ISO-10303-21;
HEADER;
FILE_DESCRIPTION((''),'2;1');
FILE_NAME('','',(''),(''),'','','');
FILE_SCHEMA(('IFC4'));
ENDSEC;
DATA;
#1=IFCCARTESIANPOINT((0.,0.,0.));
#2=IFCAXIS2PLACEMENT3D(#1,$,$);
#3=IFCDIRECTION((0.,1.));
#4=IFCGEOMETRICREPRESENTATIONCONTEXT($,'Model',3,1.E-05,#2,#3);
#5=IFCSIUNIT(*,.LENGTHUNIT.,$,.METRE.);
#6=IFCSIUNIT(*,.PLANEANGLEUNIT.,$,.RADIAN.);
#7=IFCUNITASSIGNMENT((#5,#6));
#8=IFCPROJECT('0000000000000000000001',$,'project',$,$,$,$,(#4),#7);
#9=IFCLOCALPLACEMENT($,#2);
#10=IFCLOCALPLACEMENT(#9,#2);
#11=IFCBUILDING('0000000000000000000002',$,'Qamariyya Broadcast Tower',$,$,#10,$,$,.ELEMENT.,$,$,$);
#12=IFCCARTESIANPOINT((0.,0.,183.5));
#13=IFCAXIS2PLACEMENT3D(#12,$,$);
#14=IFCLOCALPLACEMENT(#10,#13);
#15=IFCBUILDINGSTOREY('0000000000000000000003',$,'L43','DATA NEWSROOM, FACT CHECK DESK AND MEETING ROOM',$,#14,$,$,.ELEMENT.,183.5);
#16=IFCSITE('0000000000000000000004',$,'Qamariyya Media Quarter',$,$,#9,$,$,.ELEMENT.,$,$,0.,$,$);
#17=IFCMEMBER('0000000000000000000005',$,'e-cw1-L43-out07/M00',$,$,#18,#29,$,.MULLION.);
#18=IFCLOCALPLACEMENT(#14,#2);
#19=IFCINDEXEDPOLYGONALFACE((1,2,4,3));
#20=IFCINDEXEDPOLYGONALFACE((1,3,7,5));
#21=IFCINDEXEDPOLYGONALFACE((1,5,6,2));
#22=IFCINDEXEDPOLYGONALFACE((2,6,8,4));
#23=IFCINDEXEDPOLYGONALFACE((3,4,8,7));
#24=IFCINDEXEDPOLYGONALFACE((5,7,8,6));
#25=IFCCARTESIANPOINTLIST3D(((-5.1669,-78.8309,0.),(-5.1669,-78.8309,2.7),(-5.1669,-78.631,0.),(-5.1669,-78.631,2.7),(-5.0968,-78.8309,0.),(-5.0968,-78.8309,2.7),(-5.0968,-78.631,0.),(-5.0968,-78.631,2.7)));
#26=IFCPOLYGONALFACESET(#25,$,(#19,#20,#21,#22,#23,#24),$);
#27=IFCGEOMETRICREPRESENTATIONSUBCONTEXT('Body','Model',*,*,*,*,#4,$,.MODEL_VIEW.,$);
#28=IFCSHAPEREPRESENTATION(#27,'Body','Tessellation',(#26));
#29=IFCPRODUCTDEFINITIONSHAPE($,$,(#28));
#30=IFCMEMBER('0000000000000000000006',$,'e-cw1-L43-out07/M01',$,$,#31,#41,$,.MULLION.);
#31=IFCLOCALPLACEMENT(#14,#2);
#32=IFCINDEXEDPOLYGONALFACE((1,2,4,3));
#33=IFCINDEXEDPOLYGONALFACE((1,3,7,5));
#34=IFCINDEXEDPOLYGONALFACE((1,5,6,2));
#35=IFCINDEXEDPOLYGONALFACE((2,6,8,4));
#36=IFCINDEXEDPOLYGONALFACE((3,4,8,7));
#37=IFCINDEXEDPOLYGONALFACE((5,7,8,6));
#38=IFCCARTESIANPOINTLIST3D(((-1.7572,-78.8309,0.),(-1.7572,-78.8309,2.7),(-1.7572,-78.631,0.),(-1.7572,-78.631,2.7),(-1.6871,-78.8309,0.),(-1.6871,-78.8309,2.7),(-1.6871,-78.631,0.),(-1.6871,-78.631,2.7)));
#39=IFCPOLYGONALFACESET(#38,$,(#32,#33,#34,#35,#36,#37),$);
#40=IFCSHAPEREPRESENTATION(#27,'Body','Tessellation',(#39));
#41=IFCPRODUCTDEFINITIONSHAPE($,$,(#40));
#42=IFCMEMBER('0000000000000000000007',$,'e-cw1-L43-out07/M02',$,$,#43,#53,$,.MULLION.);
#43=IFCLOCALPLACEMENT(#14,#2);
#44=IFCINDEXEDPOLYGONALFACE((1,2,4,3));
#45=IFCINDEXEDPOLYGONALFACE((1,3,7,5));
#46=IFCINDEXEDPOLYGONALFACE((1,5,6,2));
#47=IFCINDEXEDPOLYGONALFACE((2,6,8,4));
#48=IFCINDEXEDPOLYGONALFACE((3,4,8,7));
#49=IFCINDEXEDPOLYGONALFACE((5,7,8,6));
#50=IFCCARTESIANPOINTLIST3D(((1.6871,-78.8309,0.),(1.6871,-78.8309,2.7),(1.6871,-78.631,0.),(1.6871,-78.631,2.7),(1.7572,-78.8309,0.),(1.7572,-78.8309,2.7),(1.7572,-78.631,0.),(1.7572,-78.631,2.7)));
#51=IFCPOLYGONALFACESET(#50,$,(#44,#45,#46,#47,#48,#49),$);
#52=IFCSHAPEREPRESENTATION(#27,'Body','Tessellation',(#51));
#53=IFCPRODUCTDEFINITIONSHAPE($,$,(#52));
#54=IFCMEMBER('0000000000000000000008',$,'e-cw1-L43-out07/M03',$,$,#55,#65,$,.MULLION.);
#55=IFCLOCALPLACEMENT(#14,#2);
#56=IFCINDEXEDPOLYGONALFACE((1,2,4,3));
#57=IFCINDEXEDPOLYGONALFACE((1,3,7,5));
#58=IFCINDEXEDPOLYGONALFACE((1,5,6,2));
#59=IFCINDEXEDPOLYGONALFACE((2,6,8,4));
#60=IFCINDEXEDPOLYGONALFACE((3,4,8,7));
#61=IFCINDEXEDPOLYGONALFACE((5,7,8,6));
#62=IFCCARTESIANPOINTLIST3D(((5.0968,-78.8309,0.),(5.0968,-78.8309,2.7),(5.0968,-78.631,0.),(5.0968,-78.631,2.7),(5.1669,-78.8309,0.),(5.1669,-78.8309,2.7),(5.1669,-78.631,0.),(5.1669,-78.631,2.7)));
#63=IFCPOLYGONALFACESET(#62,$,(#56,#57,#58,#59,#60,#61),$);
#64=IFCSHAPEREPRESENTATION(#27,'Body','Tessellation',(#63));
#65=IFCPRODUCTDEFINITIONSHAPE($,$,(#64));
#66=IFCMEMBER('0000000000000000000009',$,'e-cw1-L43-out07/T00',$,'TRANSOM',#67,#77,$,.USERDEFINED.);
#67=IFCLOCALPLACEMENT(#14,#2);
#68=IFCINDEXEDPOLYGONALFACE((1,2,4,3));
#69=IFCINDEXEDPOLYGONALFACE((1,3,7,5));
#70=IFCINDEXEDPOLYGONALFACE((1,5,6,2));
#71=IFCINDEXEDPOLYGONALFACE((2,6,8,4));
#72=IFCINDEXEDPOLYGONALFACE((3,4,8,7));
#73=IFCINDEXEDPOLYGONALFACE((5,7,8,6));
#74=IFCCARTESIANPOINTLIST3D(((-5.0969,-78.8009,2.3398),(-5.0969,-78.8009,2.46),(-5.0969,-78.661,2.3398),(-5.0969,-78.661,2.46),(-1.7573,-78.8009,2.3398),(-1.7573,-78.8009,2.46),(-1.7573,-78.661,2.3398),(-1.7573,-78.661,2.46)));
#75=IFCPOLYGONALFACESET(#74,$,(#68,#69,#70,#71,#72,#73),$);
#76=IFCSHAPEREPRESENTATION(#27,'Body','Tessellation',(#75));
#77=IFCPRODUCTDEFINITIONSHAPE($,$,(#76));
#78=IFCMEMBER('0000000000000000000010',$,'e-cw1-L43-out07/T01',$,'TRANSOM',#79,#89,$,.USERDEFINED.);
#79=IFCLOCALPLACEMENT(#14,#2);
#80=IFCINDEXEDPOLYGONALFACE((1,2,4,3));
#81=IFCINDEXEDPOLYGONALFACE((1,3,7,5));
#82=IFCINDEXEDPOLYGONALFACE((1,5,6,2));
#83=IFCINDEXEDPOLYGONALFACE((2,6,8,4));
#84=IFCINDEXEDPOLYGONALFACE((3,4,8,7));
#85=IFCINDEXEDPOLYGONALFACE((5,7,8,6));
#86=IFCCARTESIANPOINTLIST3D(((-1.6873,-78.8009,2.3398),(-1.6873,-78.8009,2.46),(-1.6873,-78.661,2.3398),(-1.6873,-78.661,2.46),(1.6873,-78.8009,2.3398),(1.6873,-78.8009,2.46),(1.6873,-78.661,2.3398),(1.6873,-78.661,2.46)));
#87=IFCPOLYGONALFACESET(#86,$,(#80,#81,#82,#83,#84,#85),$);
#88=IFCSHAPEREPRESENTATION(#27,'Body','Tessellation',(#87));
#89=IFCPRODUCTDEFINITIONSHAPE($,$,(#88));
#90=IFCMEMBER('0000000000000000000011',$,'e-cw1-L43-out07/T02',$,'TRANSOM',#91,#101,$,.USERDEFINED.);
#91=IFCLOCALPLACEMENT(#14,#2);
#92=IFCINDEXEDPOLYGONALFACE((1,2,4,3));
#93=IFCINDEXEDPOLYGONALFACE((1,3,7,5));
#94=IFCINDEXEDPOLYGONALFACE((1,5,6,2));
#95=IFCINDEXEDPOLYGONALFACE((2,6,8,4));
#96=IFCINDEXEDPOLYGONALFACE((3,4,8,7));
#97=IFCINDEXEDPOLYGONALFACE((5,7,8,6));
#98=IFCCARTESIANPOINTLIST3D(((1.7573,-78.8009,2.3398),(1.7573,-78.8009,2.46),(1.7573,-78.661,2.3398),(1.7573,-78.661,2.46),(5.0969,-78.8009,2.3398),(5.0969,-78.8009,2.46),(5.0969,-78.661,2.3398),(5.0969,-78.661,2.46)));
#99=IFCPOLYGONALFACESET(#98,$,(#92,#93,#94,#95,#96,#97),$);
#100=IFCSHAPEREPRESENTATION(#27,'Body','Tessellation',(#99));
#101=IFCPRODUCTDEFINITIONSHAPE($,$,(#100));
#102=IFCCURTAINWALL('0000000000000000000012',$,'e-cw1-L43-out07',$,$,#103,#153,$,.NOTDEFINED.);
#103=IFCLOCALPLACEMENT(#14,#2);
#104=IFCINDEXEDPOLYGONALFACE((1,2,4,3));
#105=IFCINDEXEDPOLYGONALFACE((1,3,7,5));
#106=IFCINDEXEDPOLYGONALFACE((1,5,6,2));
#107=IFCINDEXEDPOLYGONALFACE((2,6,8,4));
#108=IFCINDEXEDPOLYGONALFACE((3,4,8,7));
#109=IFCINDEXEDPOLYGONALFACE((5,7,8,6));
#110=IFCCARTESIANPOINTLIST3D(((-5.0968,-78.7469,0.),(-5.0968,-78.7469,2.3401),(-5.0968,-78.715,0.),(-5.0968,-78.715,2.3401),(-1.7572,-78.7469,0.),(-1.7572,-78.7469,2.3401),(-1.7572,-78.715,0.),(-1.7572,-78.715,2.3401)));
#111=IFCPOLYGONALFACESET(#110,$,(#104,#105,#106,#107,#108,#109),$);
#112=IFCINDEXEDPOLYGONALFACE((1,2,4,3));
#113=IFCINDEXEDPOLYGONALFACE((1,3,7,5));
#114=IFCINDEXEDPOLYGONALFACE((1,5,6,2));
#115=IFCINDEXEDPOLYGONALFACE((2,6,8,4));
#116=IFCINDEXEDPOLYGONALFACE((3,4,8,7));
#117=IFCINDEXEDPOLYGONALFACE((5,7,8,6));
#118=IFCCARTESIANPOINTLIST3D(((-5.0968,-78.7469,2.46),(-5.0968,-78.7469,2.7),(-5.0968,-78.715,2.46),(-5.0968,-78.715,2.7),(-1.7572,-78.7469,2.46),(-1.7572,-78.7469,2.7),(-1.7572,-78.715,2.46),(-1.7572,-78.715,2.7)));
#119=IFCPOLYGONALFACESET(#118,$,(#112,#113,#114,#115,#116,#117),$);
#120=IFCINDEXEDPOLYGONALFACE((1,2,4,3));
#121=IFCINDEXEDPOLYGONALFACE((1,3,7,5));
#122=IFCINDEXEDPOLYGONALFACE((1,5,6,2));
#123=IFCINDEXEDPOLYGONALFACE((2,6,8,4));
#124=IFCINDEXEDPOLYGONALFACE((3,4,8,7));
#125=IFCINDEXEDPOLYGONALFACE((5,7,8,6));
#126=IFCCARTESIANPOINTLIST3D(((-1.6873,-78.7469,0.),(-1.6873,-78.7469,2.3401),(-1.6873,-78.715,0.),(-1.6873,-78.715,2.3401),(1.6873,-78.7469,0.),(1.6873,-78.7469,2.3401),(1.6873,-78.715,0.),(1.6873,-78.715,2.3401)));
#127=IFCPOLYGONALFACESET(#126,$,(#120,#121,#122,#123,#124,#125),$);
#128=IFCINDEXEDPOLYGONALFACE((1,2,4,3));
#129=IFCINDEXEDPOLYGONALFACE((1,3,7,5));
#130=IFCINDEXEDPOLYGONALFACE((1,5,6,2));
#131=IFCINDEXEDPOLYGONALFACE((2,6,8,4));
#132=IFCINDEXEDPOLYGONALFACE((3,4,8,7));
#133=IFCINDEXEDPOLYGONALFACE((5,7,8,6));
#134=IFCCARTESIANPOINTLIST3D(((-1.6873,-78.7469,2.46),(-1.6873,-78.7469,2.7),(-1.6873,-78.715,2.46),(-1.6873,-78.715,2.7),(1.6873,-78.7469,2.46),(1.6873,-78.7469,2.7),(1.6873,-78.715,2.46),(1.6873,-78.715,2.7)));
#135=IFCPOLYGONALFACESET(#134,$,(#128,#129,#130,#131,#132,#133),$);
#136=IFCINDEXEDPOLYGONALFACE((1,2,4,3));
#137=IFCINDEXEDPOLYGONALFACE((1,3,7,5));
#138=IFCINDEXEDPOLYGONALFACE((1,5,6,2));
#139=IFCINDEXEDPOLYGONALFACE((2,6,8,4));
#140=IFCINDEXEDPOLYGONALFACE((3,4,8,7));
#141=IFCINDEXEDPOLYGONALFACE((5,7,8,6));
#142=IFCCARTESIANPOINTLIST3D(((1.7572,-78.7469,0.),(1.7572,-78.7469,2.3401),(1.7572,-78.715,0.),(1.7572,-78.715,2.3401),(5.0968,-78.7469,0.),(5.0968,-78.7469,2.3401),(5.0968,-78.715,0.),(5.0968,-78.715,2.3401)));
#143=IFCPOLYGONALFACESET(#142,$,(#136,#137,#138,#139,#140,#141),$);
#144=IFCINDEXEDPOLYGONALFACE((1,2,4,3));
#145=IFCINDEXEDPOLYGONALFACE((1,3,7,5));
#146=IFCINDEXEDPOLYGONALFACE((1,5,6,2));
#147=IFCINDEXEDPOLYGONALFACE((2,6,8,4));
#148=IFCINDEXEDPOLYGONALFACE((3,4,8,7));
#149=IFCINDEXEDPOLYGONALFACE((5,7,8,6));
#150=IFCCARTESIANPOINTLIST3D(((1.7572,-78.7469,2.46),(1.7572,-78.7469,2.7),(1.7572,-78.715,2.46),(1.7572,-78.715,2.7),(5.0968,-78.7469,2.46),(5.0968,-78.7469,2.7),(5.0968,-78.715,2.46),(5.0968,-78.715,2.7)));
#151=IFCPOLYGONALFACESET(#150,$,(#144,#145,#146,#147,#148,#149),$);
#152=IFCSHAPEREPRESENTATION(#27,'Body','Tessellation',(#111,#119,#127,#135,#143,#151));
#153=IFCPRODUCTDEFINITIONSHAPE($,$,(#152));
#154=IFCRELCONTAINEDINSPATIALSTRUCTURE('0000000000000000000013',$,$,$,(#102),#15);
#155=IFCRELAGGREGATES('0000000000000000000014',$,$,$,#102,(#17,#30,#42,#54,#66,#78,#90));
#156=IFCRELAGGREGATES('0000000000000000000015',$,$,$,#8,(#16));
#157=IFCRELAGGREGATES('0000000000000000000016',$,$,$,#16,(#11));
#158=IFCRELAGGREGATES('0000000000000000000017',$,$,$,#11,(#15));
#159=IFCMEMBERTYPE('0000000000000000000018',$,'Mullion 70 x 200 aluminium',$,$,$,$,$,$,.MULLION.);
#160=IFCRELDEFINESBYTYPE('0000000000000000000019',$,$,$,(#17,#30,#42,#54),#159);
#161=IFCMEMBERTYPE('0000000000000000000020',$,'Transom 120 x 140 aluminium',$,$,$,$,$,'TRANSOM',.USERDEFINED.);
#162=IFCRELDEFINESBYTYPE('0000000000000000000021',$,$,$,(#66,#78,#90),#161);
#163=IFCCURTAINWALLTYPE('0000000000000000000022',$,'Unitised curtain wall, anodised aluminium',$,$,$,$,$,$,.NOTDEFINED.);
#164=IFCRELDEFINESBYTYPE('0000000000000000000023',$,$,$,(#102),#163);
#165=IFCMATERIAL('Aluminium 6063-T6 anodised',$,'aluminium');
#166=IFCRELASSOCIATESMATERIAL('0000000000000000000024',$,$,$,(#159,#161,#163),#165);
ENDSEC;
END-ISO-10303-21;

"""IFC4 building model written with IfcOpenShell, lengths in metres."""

from ifc_helpers import new_model, si_unit, direction, frame, origin, origin_2d, place, context, subcontext, project, spatial, rectangle, extrude, material, material_profile, profile_set, type_object, element, aggregate, save


model = new_model("IFC4")

# Units and contexts
model_context = context("Model", 3, precision=1e-05, world=origin(), true_north=direction((0.0, 1.0)))
body_context = subcontext(model_context, "Body", "Model", "MODEL_VIEW")
ifc_project = project(units=[si_unit("LENGTHUNIT", "METRE"), si_unit("PLANEANGLEUNIT", "RADIAN")], contexts=[model_context])

# Members
ifc_material_1 = material(Name="Aluminium 6063-T6 anodised", Category="aluminium")
ifc_material_profile_1 = material_profile(ifc_material_1, rectangle(XDim=0.2, YDim=0.0701, at=origin_2d()))
ifc_profile_set_1 = profile_set([ifc_material_profile_1], Name="Aluminium 6063-T6 anodised")
member_type_1 = type_object("IfcMemberType", Name="Mullion 70 x 200 aluminium", PredefinedType="MULLION", material=ifc_profile_set_1)
site_placement = place(None, origin())
building_placement = place(site_placement, origin())
storey_placement = place(building_placement, frame((0.0, 0.0, 183.5)))
member_1_placement = place(storey_placement, frame((-5.1318, -78.731, 0.0), z_axis=(0.0, 0.0, 1.0), x_axis=(0.0, 1.0, 0.0)))
member_1 = element("IfcMember", 1, at=member_1_placement, type_object=member_type_1, Name="e-cw1-L43-out07/M00", PredefinedType="MULLION", context=body_context, shape_type="SweptSolid", body=[
    extrude(rectangle(XDim=0.2, YDim=0.0701, at=origin_2d()), origin(), (0.0, 0.0, 1.0), 2.7),
])
member_2_placement = place(storey_placement, frame((-1.7222, -78.731, 0.0), z_axis=(0.0, 0.0, 1.0), x_axis=(0.0, 1.0, 0.0)))
member_2 = element("IfcMember", 2, at=member_2_placement, type_object=member_type_1, Name="e-cw1-L43-out07/M01", PredefinedType="MULLION", context=body_context, shape_type="SweptSolid", body=[
    extrude(rectangle(XDim=0.2, YDim=0.0701, at=origin_2d()), origin(), (0.0, 0.0, 1.0), 2.7),
])
member_3_placement = place(storey_placement, frame((1.7222, -78.731, 0.0), z_axis=(0.0, 0.0, 1.0), x_axis=(0.0, 1.0, 0.0)))
member_3 = element("IfcMember", 3, at=member_3_placement, type_object=member_type_1, Name="e-cw1-L43-out07/M02", PredefinedType="MULLION", context=body_context, shape_type="SweptSolid", body=[
    extrude(rectangle(XDim=0.2, YDim=0.0701, at=origin_2d()), origin(), (0.0, 0.0, 1.0), 2.7),
])
member_4_placement = place(storey_placement, frame((5.1318, -78.731, 0.0), z_axis=(0.0, 0.0, 1.0), x_axis=(0.0, 1.0, 0.0)))
member_4 = element("IfcMember", 4, at=member_4_placement, type_object=member_type_1, Name="e-cw1-L43-out07/M03", PredefinedType="MULLION", context=body_context, shape_type="SweptSolid", body=[
    extrude(rectangle(XDim=0.2, YDim=0.0701, at=origin_2d()), origin(), (0.0, 0.0, 1.0), 2.7),
])
ifc_material_profile_2 = material_profile(ifc_material_1, rectangle(XDim=0.1399, YDim=0.1201, at=origin_2d()))
ifc_profile_set_2 = profile_set([ifc_material_profile_2], Name="Aluminium 6063-T6 anodised")
member_type_2 = type_object("IfcMemberType", Name="Transom 120 x 140 aluminium", ElementType="TRANSOM", PredefinedType="USERDEFINED", material=ifc_profile_set_2)
member_5_placement = place(storey_placement, frame((-5.0969, -78.731, 2.3999), z_axis=(1.0, 0.0, 0.0), x_axis=(0.0, 1.0, 0.0)))
member_5 = element("IfcMember", 5, at=member_5_placement, type_object=member_type_2, Name="e-cw1-L43-out07/T00", ObjectType="TRANSOM", PredefinedType="USERDEFINED", context=body_context, shape_type="SweptSolid", body=[
    extrude(rectangle(XDim=0.1399, YDim=0.1201, at=origin_2d()), origin(), (0.0, 0.0, 1.0), 3.3396),
])
member_6_placement = place(storey_placement, frame((-1.6873, -78.731, 2.3999), z_axis=(1.0, 0.0, 0.0), x_axis=(0.0, 1.0, 0.0)))
member_6 = element("IfcMember", 6, at=member_6_placement, type_object=member_type_2, Name="e-cw1-L43-out07/T01", ObjectType="TRANSOM", PredefinedType="USERDEFINED", context=body_context, shape_type="SweptSolid", body=[
    extrude(rectangle(XDim=0.1399, YDim=0.1201, at=origin_2d()), origin(), (0.0, 0.0, 1.0), 3.3745),
])
member_7_placement = place(storey_placement, frame((1.7573, -78.731, 2.3999), z_axis=(1.0, 0.0, 0.0), x_axis=(0.0, 1.0, 0.0)))
member_7 = element("IfcMember", 7, at=member_7_placement, type_object=member_type_2, Name="e-cw1-L43-out07/T02", ObjectType="TRANSOM", PredefinedType="USERDEFINED", context=body_context, shape_type="SweptSolid", body=[
    extrude(rectangle(XDim=0.1399, YDim=0.1201, at=origin_2d()), origin(), (0.0, 0.0, 1.0), 3.3396),
])

# Site, building, storey
site = spatial("IfcSite", under=ifc_project, at=site_placement, Name="Qamariyya Media Quarter", CompositionType="ELEMENT", RefElevation=0.0)
building = spatial("IfcBuilding", under=site, at=building_placement, Name="Qamariyya Broadcast Tower", CompositionType="ELEMENT")
storey = spatial("IfcBuildingStorey", under=building, at=storey_placement, Name="L43", Description="DATA NEWSROOM, FACT CHECK DESK AND MEETING ROOM", CompositionType="ELEMENT", Elevation=183.5)

# Curtain wall
curtain_wall_type = type_object("IfcCurtainWallType", Name="Unitised curtain wall, anodised aluminium", PredefinedType="NOTDEFINED", material=ifc_material_1)
curtain_wall_1_placement = place(storey_placement, origin())
curtain_wall_1 = element("IfcCurtainWall", 8, at=curtain_wall_1_placement, inside=storey, type_object=curtain_wall_type, Name="e-cw1-L43-out07", PredefinedType="NOTDEFINED", context=body_context, shape_type="SweptSolid", body=[
    extrude(rectangle(XDim=3.3396, YDim=0.032, at=origin_2d()), frame((-3.427, -78.731, 0.0), x_axis=(1.0, 0.0, 0.0)), (0.0, 0.0, 1.0), 2.3401),
    extrude(rectangle(XDim=3.3396, YDim=0.032, at=origin_2d()), frame((-3.427, -78.731, 2.46), x_axis=(1.0, 0.0, 0.0)), (0.0, 0.0, 1.0), 0.24),
    extrude(rectangle(XDim=3.3745, YDim=0.032, at=origin_2d()), frame((0.0, -78.731, 0.0), x_axis=(1.0, 0.0, 0.0)), (0.0, 0.0, 1.0), 2.3401),
    extrude(rectangle(XDim=3.3745, YDim=0.032, at=origin_2d()), frame((0.0, -78.731, 2.46), x_axis=(1.0, 0.0, 0.0)), (0.0, 0.0, 1.0), 0.24),
    extrude(rectangle(XDim=3.3396, YDim=0.032, at=origin_2d()), frame((3.427, -78.731, 0.0), x_axis=(1.0, 0.0, 0.0)), (0.0, 0.0, 1.0), 2.3401),
    extrude(rectangle(XDim=3.3396, YDim=0.032, at=origin_2d()), frame((3.427, -78.731, 2.46), x_axis=(1.0, 0.0, 0.0)), (0.0, 0.0, 1.0), 0.24),
])
aggregate(curtain_wall_1, [member_1, member_2, member_3, member_4, member_5, member_6, member_7])

save(model, "model.ifc")
